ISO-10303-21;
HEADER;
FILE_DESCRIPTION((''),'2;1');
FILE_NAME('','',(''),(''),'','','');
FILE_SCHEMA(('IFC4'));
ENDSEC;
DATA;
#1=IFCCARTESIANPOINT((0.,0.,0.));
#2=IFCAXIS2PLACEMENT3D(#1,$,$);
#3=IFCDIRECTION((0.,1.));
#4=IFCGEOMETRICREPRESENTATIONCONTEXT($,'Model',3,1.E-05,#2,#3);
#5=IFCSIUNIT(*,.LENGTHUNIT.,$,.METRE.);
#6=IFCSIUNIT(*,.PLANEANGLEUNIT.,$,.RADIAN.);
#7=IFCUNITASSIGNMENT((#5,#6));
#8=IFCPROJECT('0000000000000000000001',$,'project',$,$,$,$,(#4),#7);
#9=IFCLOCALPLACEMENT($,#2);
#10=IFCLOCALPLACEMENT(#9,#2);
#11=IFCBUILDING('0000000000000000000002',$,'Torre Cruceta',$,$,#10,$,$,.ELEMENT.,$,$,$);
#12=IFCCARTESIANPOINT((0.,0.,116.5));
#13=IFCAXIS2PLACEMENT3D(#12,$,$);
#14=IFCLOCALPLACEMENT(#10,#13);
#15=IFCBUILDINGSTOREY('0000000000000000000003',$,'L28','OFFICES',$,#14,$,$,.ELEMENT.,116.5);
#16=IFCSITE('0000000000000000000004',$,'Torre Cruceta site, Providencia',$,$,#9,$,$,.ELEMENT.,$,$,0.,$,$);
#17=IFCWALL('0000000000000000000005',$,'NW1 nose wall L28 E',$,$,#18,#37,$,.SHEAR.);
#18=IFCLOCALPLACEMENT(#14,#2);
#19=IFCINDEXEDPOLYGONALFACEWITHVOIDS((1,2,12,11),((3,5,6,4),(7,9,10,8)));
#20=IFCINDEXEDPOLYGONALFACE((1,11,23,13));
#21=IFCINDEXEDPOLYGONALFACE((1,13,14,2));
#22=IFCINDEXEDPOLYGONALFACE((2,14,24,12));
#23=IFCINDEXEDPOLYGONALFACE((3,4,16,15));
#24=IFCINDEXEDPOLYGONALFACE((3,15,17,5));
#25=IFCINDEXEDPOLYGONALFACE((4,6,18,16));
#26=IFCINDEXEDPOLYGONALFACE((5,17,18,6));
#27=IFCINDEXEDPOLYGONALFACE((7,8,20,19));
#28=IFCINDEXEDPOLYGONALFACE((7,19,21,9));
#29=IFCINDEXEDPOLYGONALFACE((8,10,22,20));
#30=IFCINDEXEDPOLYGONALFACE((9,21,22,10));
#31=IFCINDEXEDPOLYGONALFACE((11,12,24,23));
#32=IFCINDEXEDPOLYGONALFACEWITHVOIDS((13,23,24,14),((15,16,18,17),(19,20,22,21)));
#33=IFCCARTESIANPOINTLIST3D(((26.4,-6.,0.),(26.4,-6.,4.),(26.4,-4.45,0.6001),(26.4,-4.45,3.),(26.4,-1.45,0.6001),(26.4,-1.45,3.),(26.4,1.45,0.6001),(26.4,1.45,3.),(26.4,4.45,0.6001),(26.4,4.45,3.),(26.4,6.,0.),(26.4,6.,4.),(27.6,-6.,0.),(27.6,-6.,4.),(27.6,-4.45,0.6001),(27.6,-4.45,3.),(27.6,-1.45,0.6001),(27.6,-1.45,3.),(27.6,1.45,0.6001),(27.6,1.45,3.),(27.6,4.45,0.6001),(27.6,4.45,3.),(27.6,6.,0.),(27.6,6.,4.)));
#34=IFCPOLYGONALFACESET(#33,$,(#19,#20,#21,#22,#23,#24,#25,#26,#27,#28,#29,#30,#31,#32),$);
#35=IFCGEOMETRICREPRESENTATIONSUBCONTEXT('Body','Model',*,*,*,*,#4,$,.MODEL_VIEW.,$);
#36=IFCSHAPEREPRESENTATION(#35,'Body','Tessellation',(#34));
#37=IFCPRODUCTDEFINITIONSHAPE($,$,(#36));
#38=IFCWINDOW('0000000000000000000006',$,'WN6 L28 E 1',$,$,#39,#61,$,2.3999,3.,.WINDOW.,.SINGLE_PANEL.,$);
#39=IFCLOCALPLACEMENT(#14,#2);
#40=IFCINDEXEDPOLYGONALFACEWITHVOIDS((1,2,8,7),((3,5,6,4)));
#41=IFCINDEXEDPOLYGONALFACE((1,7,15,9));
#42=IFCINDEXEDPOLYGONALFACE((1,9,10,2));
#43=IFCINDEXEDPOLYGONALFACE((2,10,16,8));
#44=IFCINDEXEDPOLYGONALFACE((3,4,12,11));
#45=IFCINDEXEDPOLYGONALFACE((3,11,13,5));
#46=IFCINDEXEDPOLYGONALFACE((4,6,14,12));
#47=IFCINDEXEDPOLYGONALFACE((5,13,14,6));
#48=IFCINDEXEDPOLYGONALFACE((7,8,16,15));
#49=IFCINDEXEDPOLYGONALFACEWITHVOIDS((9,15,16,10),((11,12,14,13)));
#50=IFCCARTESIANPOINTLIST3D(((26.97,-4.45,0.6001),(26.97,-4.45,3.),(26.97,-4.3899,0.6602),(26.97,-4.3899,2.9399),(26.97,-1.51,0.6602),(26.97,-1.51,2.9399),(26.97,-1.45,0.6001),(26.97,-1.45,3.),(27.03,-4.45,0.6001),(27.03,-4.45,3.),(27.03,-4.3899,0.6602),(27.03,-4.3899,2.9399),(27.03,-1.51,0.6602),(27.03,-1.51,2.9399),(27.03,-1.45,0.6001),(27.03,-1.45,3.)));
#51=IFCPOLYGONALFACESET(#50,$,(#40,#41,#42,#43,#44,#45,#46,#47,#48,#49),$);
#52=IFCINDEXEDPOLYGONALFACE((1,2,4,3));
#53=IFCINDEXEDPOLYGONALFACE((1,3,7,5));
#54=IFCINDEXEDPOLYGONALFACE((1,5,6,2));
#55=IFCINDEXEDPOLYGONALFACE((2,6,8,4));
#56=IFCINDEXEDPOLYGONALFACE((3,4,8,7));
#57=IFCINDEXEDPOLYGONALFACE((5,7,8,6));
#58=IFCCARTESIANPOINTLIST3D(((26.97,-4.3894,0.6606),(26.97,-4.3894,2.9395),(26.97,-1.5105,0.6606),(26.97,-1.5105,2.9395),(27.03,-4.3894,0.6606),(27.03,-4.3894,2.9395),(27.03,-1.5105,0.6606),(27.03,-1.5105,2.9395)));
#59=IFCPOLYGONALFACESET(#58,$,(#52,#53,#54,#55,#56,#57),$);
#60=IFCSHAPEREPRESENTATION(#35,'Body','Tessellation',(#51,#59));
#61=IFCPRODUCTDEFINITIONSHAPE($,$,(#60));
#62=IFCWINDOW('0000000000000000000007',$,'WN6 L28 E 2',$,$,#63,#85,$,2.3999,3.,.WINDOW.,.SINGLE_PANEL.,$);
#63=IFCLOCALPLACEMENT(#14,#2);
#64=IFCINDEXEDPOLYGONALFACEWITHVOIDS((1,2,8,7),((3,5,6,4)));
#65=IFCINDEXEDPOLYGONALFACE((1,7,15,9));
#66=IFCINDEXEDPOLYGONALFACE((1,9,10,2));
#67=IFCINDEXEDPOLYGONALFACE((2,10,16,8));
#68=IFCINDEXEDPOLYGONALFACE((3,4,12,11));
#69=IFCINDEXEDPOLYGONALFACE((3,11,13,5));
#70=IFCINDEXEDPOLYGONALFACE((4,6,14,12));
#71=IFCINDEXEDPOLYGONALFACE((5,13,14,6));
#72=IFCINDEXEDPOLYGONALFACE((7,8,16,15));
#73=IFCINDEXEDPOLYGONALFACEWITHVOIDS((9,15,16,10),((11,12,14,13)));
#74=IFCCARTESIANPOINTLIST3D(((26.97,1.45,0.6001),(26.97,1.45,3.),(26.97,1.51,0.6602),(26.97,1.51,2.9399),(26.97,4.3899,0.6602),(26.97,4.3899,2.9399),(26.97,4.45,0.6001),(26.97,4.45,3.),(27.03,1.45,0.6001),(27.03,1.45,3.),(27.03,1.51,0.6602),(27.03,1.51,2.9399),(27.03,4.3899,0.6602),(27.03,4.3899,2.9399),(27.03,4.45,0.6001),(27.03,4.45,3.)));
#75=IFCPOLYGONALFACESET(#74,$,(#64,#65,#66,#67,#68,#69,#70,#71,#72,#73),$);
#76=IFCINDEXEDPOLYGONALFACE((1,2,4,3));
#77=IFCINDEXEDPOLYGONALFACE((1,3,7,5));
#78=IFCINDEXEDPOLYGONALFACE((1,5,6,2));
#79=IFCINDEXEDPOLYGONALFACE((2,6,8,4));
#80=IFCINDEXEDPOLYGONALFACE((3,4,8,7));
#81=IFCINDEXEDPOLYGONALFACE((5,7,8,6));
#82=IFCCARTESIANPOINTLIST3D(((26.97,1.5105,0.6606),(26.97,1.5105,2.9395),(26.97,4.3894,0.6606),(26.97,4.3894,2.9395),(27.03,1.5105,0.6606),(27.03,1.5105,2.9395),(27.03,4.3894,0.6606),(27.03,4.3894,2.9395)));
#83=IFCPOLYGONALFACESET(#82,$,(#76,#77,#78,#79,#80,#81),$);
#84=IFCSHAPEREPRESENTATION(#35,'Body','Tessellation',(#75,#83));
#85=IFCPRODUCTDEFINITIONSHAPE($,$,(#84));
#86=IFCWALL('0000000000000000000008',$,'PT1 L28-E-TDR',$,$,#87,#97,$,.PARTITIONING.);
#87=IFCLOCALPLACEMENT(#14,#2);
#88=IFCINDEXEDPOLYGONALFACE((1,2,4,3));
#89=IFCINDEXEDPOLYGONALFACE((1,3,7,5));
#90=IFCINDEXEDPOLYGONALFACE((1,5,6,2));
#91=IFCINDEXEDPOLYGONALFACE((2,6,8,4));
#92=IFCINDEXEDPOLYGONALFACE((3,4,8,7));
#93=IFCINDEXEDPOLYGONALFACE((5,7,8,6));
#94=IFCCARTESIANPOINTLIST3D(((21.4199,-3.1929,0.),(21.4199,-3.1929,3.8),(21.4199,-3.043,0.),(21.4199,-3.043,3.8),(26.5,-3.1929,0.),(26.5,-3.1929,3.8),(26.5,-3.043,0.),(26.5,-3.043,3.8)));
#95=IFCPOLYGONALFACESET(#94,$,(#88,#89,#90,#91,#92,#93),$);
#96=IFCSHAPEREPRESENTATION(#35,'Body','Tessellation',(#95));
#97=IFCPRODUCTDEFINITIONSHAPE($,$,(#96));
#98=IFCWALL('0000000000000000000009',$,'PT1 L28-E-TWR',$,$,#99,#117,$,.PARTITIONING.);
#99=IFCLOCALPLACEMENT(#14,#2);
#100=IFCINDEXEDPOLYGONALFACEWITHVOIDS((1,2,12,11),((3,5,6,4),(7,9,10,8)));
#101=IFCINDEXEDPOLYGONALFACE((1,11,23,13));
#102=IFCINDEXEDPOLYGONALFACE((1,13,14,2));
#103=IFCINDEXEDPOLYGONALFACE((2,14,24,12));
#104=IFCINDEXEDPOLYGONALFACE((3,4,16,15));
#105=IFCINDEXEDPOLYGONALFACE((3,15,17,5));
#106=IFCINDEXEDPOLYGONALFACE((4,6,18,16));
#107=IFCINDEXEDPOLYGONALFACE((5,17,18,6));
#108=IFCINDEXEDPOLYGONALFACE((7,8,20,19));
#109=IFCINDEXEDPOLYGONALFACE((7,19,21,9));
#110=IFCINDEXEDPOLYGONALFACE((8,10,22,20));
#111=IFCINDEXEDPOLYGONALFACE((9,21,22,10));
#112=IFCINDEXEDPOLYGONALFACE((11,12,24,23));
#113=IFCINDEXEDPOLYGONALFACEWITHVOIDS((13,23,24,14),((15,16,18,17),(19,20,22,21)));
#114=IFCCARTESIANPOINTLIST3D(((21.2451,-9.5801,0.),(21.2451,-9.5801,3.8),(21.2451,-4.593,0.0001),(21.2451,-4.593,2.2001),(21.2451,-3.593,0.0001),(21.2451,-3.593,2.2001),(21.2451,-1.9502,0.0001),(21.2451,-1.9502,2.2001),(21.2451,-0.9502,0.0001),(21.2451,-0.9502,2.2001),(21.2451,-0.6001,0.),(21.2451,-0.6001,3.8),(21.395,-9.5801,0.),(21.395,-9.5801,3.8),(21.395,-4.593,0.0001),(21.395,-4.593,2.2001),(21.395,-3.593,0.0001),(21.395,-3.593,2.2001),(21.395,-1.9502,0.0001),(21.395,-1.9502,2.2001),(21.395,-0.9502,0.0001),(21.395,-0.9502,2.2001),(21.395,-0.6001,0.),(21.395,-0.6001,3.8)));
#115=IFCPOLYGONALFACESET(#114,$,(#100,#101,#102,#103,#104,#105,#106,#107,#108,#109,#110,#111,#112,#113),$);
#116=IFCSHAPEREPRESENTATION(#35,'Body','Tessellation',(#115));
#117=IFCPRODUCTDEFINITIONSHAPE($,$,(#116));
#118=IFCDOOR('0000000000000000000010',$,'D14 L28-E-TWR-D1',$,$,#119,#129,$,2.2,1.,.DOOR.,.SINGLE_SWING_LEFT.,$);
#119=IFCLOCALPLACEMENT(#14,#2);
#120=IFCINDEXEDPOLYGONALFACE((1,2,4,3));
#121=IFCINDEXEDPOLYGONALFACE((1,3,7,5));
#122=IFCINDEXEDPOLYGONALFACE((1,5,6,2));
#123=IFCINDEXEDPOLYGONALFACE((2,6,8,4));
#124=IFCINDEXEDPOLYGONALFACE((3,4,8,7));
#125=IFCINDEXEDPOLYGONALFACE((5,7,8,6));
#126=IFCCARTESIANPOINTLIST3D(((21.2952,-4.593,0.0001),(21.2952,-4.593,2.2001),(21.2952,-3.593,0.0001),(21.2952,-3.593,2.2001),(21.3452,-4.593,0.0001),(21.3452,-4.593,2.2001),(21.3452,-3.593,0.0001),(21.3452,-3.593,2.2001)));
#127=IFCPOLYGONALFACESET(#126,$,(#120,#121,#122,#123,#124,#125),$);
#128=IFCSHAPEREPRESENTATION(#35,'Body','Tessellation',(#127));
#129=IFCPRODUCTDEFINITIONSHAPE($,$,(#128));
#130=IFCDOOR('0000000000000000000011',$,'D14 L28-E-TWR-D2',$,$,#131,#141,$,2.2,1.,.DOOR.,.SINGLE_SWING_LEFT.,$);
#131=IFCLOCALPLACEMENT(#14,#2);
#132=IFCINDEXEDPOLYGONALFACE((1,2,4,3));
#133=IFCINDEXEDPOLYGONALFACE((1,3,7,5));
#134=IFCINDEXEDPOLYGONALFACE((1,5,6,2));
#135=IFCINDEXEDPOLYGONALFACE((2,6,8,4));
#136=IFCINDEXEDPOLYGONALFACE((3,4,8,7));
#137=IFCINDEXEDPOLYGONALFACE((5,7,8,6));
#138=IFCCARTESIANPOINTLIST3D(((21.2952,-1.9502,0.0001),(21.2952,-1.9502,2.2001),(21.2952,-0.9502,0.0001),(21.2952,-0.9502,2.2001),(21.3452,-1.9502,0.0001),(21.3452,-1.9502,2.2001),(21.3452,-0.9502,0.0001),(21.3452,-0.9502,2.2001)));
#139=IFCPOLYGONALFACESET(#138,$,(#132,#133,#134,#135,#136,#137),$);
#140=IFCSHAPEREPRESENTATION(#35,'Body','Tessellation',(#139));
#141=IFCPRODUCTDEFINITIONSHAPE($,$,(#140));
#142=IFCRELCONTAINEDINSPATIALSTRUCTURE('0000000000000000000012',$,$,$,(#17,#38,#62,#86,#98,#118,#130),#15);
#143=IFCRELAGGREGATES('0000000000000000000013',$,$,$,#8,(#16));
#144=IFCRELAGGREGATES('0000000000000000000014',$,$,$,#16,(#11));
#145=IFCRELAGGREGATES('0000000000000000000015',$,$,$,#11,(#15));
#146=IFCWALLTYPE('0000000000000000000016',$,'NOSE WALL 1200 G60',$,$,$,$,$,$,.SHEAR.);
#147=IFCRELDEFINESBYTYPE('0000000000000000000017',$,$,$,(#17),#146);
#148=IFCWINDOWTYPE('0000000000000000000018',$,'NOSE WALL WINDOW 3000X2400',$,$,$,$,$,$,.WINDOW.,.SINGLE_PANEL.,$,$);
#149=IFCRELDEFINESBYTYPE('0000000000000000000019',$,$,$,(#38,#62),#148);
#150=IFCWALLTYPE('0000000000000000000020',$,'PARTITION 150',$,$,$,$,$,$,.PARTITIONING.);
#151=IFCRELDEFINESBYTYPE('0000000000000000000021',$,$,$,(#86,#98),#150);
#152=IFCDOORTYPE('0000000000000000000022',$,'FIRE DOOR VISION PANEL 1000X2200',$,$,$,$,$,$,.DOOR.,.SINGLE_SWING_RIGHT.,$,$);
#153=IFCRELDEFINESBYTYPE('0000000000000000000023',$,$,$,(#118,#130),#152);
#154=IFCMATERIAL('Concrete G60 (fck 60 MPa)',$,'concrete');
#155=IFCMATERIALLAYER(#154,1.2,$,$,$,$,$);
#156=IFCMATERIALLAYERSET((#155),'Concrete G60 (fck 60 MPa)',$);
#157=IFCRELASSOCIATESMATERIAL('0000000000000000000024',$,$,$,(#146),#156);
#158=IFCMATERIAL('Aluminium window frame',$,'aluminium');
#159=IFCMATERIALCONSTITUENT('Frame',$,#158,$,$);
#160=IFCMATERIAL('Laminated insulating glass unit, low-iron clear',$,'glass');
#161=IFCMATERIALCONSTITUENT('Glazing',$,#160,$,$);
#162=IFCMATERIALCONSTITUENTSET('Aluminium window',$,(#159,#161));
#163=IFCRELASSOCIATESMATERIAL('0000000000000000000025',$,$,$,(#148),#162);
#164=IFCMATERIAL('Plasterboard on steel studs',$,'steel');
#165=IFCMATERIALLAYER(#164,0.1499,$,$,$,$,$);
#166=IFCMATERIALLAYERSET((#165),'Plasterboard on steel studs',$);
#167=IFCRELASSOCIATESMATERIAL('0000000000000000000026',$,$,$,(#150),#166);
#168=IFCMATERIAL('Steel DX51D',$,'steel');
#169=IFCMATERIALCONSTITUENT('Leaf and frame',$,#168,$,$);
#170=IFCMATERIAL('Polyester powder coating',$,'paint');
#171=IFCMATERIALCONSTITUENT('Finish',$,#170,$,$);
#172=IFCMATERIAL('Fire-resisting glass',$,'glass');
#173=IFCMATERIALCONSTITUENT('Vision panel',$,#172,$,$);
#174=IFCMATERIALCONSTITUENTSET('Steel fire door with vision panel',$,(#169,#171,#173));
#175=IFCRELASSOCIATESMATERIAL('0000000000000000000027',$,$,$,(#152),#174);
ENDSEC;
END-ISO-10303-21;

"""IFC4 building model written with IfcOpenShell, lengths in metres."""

from ifc_helpers import new_model, si_unit, direction, frame, frame_2d, origin, place, context, subcontext, project, spatial, rectangle, hollow_rectangle, extrude, material, layer, layer_set, constituent, constituent_set, type_object, element, fill, save


model = new_model("IFC4")

# Units and contexts
model_context = context("Model", 3, precision=1e-05, world=origin(), true_north=direction((0.0, 1.0)))
body_context = subcontext(model_context, "Body", "Model", "MODEL_VIEW")
ifc_project = project(units=[si_unit("LENGTHUNIT", "METRE"), si_unit("PLANEANGLEUNIT", "RADIAN")], contexts=[model_context])

# Site, building, storey
site_placement = place(None, origin())
site = spatial("IfcSite", under=ifc_project, at=site_placement, Name="Torre Cruceta site, Providencia", CompositionType="ELEMENT", RefElevation=0.0)
building_placement = place(site_placement, origin())
building = spatial("IfcBuilding", under=site, at=building_placement, Name="Torre Cruceta", CompositionType="ELEMENT")
storey_placement = place(building_placement, frame((0.0, 0.0, 116.5)))
storey = spatial("IfcBuildingStorey", under=building, at=storey_placement, Name="L28", Description="OFFICES", CompositionType="ELEMENT", Elevation=116.5)

# Wall, openings, windows
ifc_material_1 = material(Name="Concrete G60 (fck 60 MPa)", Category="concrete")
ifc_layer_1 = layer(ifc_material_1, 1.2)
ifc_layer_set_1 = layer_set([ifc_layer_1], Name="Concrete G60 (fck 60 MPa)")
wall_type_1 = type_object("IfcWallType", Name="NOSE WALL 1200 G60", PredefinedType="SHEAR", material=ifc_layer_set_1)
wall_1_placement = place(storey_placement, frame((27.0, -6.0, 0.0), z_axis=(0.0, 0.0, 1.0), x_axis=(0.0, 1.0, 0.0)))
wall_1 = element("IfcWall", 1, at=wall_1_placement, inside=storey, type_object=wall_type_1, Name="NW1 nose wall L28 E", PredefinedType="SHEAR", context=body_context, shape_type="SweptSolid", body=[
    extrude(rectangle(XDim=12.0, YDim=1.2, at=frame_2d((6.0, 0.0))), origin(), (0.0, 0.0, 1.0), 4.0),
])
opening_1_placement = place(wall_1_placement, frame((1.55, 0.0, 0.6001)))
opening_1 = element("IfcOpeningElement", 2, at=opening_1_placement, cuts=wall_1, PredefinedType="OPENING", context=body_context, shape_type="SweptSolid", body=[
    extrude(rectangle(XDim=3.0, YDim=2.3999, at=frame_2d((1.5, 1.2))), frame((0.0, 0.6099, 0.0), z_axis=(0.0, -1.0, 0.0), x_axis=(1.0, 0.0, 0.0)), (0.0, 0.0, 1.0), 1.22),
])
opening_2_placement = place(wall_1_placement, frame((7.45, 0.0, 0.6001)))
opening_2 = element("IfcOpeningElement", 3, at=opening_2_placement, cuts=wall_1, PredefinedType="OPENING", context=body_context, shape_type="SweptSolid", body=[
    extrude(rectangle(XDim=3.0, YDim=2.3999, at=frame_2d((1.5, 1.2))), frame((0.0, 0.6099, 0.0), z_axis=(0.0, -1.0, 0.0), x_axis=(1.0, 0.0, 0.0)), (0.0, 0.0, 1.0), 1.22),
])
ifc_material_2 = material(Name="Aluminium window frame", Category="aluminium")
ifc_constituent_1 = constituent(ifc_material_2, Name="Frame")
ifc_material_3 = material(Name="Laminated insulating glass unit, low-iron clear", Category="glass")
ifc_constituent_2 = constituent(ifc_material_3, Name="Glazing")
ifc_constituent_set_1 = constituent_set(constituents=[ifc_constituent_1, ifc_constituent_2], Name="Aluminium window")
window_type_1 = type_object("IfcWindowType", Name="NOSE WALL WINDOW 3000X2400", PartitioningType="SINGLE_PANEL", PredefinedType="WINDOW", material=ifc_constituent_set_1)
window_1_placement = place(opening_1_placement, origin())
window_1 = element("IfcWindow", 4, at=window_1_placement, inside=storey, type_object=window_type_1, Name="WN6 L28 E 1", OverallHeight=2.3999, OverallWidth=3.0, PartitioningType="SINGLE_PANEL", PredefinedType="WINDOW", context=body_context, shape_type="SweptSolid", body=[
    extrude(hollow_rectangle(XDim=3.0, YDim=2.3999, WallThickness=0.0601, at=frame_2d((1.5, 1.2))), frame((0.0, 0.03, 0.0), z_axis=(0.0, -1.0, 0.0), x_axis=(1.0, 0.0, 0.0)), (0.0, 0.0, 1.0), 0.0601),
    extrude(rectangle(XDim=2.8789, YDim=2.2788, at=frame_2d((1.5, 1.2))), frame((0.0, 0.03, 0.0), z_axis=(0.0, -1.0, 0.0), x_axis=(1.0, 0.0, 0.0)), (0.0, 0.0, 1.0), 0.0601),
])
fill(opening_1, window_1)
window_2_placement = place(opening_2_placement, origin())
window_2 = element("IfcWindow", 5, at=window_2_placement, inside=storey, type_object=window_type_1, Name="WN6 L28 E 2", OverallHeight=2.3999, OverallWidth=3.0, PartitioningType="SINGLE_PANEL", PredefinedType="WINDOW", context=body_context, shape_type="SweptSolid", body=[
    extrude(hollow_rectangle(XDim=3.0, YDim=2.3999, WallThickness=0.0601, at=frame_2d((1.5, 1.2))), frame((0.0, 0.03, 0.0), z_axis=(0.0, -1.0, 0.0), x_axis=(1.0, 0.0, 0.0)), (0.0, 0.0, 1.0), 0.0601),
    extrude(rectangle(XDim=2.8789, YDim=2.2788, at=frame_2d((1.5, 1.2))), frame((0.0, 0.03, 0.0), z_axis=(0.0, -1.0, 0.0), x_axis=(1.0, 0.0, 0.0)), (0.0, 0.0, 1.0), 0.0601),
])
fill(opening_2, window_2)

# Wall
ifc_material_4 = material(Name="Plasterboard on steel studs", Category="steel")
ifc_layer_2 = layer(ifc_material_4, 0.1499)
ifc_layer_set_2 = layer_set([ifc_layer_2], Name="Plasterboard on steel studs")
wall_type_2 = type_object("IfcWallType", Name="PARTITION 150", PredefinedType="PARTITIONING", material=ifc_layer_set_2)
wall_2_placement = place(storey_placement, frame((21.4199, -3.1179, 0.0), z_axis=(0.0, 0.0, 1.0), x_axis=(1.0, 0.0, 0.0)))
element("IfcWall", 6, at=wall_2_placement, inside=storey, type_object=wall_type_2, Name="PT1 L28-E-TDR", PredefinedType="PARTITIONING", context=body_context, shape_type="SweptSolid", body=[
    extrude(rectangle(XDim=5.0801, YDim=0.1499, at=frame_2d((2.54, 0.0))), origin(), (0.0, 0.0, 1.0), 3.8),
])

# Wall, openings, doors
wall_3_placement = place(storey_placement, frame((21.3201, -9.5801, 0.0), z_axis=(0.0, 0.0, 1.0), x_axis=(0.0, 1.0, 0.0)))
wall_3 = element("IfcWall", 7, at=wall_3_placement, inside=storey, type_object=wall_type_2, Name="PT1 L28-E-TWR", PredefinedType="PARTITIONING", context=body_context, shape_type="SweptSolid", body=[
    extrude(rectangle(XDim=8.98, YDim=0.1499, at=frame_2d((4.49, 0.0))), origin(), (0.0, 0.0, 1.0), 3.8),
])
opening_3_placement = place(wall_3_placement, frame((4.9871, 0.0, 0.0)))
opening_3 = element("IfcOpeningElement", 8, at=opening_3_placement, cuts=wall_3, PredefinedType="OPENING", context=body_context, shape_type="SweptSolid", body=[
    extrude(rectangle(XDim=1.0, YDim=2.2, at=frame_2d((0.5, 1.1001))), frame((0.0, 0.085, 0.0), z_axis=(0.0, -1.0, 0.0), x_axis=(1.0, 0.0, 0.0)), (0.0, 0.0, 1.0), 0.1699),
])
opening_4_placement = place(wall_3_placement, frame((7.6299, 0.0, 0.0)))
opening_4 = element("IfcOpeningElement", 9, at=opening_4_placement, cuts=wall_3, PredefinedType="OPENING", context=body_context, shape_type="SweptSolid", body=[
    extrude(rectangle(XDim=1.0, YDim=2.2, at=frame_2d((0.5, 1.1001))), frame((0.0, 0.085, 0.0), z_axis=(0.0, -1.0, 0.0), x_axis=(1.0, 0.0, 0.0)), (0.0, 0.0, 1.0), 0.1699),
])
ifc_material_5 = material(Name="Steel DX51D", Category="steel")
ifc_constituent_3 = constituent(ifc_material_5, Name="Leaf and frame")
ifc_material_6 = material(Name="Polyester powder coating", Category="paint")
ifc_constituent_4 = constituent(ifc_material_6, Name="Finish")
ifc_material_7 = material(Name="Fire-resisting glass", Category="glass")
ifc_constituent_5 = constituent(ifc_material_7, Name="Vision panel")
ifc_constituent_set_2 = constituent_set(constituents=[ifc_constituent_3, ifc_constituent_4, ifc_constituent_5], Name="Steel fire door with vision panel")
door_type = type_object("IfcDoorType", Name="FIRE DOOR VISION PANEL 1000X2200", OperationType="SINGLE_SWING_RIGHT", PredefinedType="DOOR", material=ifc_constituent_set_2)
door_1_placement = place(opening_3_placement, frame((1.0, 0.0, 0.0), z_axis=(0.0, 0.0, 1.0), x_axis=(-1.0, 0.0, 0.0)))
door_1 = element("IfcDoor", 10, at=door_1_placement, inside=storey, type_object=door_type, Name="D14 L28-E-TWR-D1", OperationType="SINGLE_SWING_LEFT", OverallHeight=2.2, OverallWidth=1.0, PredefinedType="DOOR", context=body_context, shape_type="SweptSolid", body=[
    extrude(rectangle(XDim=1.0, YDim=2.2, at=frame_2d((0.5, 1.1001))), frame((0.0, 0.0251, 0.0), z_axis=(0.0, -1.0, 0.0), x_axis=(1.0, 0.0, 0.0)), (0.0, 0.0, 1.0), 0.05),
])
fill(opening_3, door_1)
door_2_placement = place(opening_4_placement, frame((1.0, 0.0, 0.0), z_axis=(0.0, 0.0, 1.0), x_axis=(-1.0, 0.0, 0.0)))
door_2 = element("IfcDoor", 11, at=door_2_placement, inside=storey, type_object=door_type, Name="D14 L28-E-TWR-D2", OperationType="SINGLE_SWING_LEFT", OverallHeight=2.2, OverallWidth=1.0, PredefinedType="DOOR", context=body_context, shape_type="SweptSolid", body=[
    extrude(rectangle(XDim=1.0, YDim=2.2, at=frame_2d((0.5, 1.1001))), frame((0.0, 0.0251, 0.0), z_axis=(0.0, -1.0, 0.0), x_axis=(1.0, 0.0, 0.0)), (0.0, 0.0, 1.0), 0.05),
])
fill(opening_4, door_2)

save(model, "model.ifc")
